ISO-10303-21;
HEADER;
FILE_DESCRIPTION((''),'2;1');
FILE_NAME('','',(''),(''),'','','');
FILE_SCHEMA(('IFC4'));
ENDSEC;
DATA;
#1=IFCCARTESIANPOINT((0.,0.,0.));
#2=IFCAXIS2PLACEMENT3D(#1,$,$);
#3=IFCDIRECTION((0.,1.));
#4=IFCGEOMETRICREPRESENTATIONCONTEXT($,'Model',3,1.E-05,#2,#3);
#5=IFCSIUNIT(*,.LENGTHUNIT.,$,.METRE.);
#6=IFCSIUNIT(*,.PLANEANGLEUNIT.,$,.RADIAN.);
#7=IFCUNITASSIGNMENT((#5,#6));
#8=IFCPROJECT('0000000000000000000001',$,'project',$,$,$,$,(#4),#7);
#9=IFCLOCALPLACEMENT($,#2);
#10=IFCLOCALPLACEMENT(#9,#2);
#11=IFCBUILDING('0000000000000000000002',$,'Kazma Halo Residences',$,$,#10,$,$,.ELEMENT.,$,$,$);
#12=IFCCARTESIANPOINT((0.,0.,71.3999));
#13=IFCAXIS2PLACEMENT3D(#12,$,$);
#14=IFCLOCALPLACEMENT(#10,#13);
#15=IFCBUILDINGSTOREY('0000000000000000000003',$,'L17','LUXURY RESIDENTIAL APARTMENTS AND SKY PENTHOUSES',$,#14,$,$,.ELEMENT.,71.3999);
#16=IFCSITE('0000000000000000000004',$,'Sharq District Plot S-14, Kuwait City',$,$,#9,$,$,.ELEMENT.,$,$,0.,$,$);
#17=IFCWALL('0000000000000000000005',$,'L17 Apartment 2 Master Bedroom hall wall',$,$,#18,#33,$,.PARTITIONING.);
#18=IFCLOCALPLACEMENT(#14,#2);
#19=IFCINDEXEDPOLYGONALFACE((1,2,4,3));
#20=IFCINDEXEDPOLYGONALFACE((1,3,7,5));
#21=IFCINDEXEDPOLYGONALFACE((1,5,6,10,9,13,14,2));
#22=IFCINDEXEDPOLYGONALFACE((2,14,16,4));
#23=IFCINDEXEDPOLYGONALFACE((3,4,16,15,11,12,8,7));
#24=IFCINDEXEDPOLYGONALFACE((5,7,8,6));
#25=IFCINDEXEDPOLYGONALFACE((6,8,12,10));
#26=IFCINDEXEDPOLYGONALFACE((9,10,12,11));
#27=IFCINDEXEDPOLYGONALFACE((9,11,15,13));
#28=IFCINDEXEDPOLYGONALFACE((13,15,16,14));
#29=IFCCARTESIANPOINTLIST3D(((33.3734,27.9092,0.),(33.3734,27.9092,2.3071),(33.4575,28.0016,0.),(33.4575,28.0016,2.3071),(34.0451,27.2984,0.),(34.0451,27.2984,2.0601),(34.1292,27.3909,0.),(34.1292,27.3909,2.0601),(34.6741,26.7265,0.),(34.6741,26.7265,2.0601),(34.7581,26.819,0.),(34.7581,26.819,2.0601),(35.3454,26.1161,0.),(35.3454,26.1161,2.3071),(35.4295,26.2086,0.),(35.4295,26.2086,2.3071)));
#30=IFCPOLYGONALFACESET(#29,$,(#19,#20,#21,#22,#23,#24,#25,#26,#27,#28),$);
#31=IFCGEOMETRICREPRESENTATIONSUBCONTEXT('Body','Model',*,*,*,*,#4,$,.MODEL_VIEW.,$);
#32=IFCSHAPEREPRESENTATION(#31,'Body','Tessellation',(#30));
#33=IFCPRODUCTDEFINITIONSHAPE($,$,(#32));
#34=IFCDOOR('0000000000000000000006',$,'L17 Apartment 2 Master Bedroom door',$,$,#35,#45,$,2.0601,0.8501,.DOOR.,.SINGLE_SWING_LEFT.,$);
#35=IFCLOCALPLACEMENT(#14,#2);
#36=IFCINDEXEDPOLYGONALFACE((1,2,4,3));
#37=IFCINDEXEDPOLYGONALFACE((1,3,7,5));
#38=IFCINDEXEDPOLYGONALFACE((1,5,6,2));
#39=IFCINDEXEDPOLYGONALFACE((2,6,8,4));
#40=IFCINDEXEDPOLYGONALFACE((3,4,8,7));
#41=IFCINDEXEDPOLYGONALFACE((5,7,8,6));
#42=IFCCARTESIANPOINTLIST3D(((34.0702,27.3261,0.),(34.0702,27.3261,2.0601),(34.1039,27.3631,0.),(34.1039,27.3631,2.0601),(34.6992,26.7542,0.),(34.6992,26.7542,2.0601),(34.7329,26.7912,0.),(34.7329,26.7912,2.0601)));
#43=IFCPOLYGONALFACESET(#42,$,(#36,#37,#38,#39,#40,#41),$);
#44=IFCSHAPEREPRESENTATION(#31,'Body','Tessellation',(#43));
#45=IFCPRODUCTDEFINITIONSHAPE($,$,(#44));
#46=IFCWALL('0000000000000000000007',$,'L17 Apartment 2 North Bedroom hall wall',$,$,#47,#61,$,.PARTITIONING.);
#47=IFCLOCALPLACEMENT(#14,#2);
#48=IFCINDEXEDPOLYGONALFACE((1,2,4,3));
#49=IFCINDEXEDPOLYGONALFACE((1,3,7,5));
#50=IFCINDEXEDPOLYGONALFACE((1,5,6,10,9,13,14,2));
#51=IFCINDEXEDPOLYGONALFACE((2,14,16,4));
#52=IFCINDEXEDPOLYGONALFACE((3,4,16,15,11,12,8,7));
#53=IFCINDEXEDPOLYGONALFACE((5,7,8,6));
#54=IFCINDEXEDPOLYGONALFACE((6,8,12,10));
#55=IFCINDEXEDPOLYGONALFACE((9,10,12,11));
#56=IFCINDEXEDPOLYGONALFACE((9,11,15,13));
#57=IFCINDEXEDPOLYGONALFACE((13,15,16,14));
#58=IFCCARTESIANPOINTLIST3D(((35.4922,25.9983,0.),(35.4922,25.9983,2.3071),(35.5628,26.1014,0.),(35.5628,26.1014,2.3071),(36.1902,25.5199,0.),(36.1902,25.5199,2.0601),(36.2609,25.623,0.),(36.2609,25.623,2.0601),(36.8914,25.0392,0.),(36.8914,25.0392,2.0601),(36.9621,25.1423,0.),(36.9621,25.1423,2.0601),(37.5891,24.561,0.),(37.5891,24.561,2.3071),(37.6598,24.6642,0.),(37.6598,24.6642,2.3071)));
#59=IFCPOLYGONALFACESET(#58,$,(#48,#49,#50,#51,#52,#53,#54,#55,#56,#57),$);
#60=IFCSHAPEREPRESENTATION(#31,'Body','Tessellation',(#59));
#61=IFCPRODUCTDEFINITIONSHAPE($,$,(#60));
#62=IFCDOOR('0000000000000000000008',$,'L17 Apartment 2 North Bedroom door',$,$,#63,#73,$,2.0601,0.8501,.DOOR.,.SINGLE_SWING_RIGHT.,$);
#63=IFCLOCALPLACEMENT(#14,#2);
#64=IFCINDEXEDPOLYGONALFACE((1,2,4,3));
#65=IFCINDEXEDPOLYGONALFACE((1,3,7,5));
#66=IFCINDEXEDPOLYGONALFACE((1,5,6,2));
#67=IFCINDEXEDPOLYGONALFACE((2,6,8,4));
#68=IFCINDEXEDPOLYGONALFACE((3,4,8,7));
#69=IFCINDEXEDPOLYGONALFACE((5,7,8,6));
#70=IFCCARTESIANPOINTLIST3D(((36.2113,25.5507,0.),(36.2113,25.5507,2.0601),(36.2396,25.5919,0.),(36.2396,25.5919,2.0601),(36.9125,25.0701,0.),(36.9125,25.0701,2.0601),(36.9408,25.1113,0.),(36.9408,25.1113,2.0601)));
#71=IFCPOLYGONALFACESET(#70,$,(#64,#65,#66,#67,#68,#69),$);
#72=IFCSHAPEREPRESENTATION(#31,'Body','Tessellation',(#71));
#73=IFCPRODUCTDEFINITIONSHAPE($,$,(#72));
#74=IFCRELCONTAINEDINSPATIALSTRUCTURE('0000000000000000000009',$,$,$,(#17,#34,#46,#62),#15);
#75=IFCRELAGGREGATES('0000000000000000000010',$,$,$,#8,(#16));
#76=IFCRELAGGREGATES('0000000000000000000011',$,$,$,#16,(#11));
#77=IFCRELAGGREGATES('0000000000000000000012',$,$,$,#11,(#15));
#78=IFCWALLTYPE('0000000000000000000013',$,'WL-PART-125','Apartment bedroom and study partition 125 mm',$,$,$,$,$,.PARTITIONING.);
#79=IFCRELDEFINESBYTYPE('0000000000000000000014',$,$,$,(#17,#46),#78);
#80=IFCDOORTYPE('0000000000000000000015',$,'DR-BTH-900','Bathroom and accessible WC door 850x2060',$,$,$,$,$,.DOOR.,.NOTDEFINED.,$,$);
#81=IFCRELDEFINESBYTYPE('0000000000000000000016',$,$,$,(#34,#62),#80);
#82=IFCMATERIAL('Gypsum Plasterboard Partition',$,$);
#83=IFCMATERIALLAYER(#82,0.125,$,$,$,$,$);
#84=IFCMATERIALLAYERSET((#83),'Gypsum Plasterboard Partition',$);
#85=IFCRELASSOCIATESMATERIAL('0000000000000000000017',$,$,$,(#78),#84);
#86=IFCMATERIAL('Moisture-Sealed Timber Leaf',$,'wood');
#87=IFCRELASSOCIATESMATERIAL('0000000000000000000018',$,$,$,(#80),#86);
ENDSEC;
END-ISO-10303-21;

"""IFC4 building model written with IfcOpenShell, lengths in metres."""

from ifc_helpers import new_model, si_unit, direction, frame, frame_2d, origin, place, context, subcontext, project, spatial, rectangle, extrude, material, layer, layer_set, type_object, element, fill, save


model = new_model("IFC4")

# Units and contexts
model_context = context("Model", 3, precision=1e-05, world=origin(), true_north=direction((0.0, 1.0)))
body_context = subcontext(model_context, "Body", "Model", "MODEL_VIEW")
ifc_project = project(units=[si_unit("LENGTHUNIT", "METRE"), si_unit("PLANEANGLEUNIT", "RADIAN")], contexts=[model_context])

# Site, building, storey
site_placement = place(None, origin())
site = spatial("IfcSite", under=ifc_project, at=site_placement, Name="Sharq District Plot S-14, Kuwait City", CompositionType="ELEMENT", RefElevation=0.0)
building_placement = place(site_placement, origin())
building = spatial("IfcBuilding", under=site, at=building_placement, Name="Kazma Halo Residences", CompositionType="ELEMENT")
storey_placement = place(building_placement, frame((0.0, 0.0, 71.3999)))
storey = spatial("IfcBuildingStorey", under=building, at=storey_placement, Name="L17", Description="LUXURY RESIDENTIAL APARTMENTS AND SKY PENTHOUSES", CompositionType="ELEMENT", Elevation=71.3999)

# Shared definitions
ifc_material_1 = material(Name="Gypsum Plasterboard Partition")
ifc_layer_1 = layer(ifc_material_1, 0.125)
ifc_layer_set_1 = layer_set([ifc_layer_1], Name="Gypsum Plasterboard Partition")
wall_type_1 = type_object("IfcWallType", Name="WL-PART-125", Description="Apartment bedroom and study partition 125 mm", PredefinedType="PARTITIONING", material=ifc_layer_set_1)

# Walls, openings, doors
wall_1_placement = place(storey_placement, frame((33.4155, 27.9553, 0.0), z_axis=(0.0, 0.0, 1.0), x_axis=(0.739882, -0.672737, 0.0)))
wall_1 = element("IfcWall", 1, at=wall_1_placement, inside=storey, type_object=wall_type_1, Name="L17 Apartment 2 Master Bedroom hall wall", PredefinedType="PARTITIONING", context=body_context, shape_type="SweptSolid", body=[
    extrude(rectangle(XDim=2.6653, YDim=0.125, at=frame_2d((1.3325, 0.0))), origin(), (0.0, 0.0, 1.0), 2.3071),
])
opening_1_placement = place(wall_1_placement, frame((0.9077, 0.0, 0.0)))
opening_1 = element("IfcOpeningElement", 2, at=opening_1_placement, cuts=wall_1, PredefinedType="OPENING", context=body_context, shape_type="SweptSolid", body=[
    extrude(rectangle(XDim=0.8501, YDim=2.0601, at=frame_2d((0.425, 1.03))), frame((0.0, 0.0725, 0.0), z_axis=(0.0, -1.0, 0.0), x_axis=(1.0, 0.0, 0.0)), (0.0, 0.0, 1.0), 0.145),
])
ifc_material_2 = material(Name="Moisture-Sealed Timber Leaf", Category="wood")
door_type_1 = type_object("IfcDoorType", Name="DR-BTH-900", Description="Bathroom and accessible WC door 850x2060", OperationType="NOTDEFINED", PredefinedType="DOOR", material=ifc_material_2)
door_1_placement = place(opening_1_placement, origin())
door_1 = element("IfcDoor", 3, at=door_1_placement, inside=storey, type_object=door_type_1, Name="L17 Apartment 2 Master Bedroom door", OperationType="SINGLE_SWING_LEFT", OverallHeight=2.0601, OverallWidth=0.8501, PredefinedType="DOOR", context=body_context, shape_type="SweptSolid", body=[
    extrude(rectangle(XDim=0.8501, YDim=2.0601, at=frame_2d((0.425, 1.03))), frame((0.0, 0.0249, 0.0), z_axis=(0.0, -1.0, 0.0), x_axis=(1.0, 0.0, 0.0)), (0.0, 0.0, 1.0), 0.05),
])
fill(opening_1, door_1)
wall_2_placement = place(storey_placement, frame((35.5276, 26.0498, 0.0), z_axis=(0.0, 0.0, 1.0), x_axis=(0.824845, -0.565359, 0.0)))
wall_2 = element("IfcWall", 4, at=wall_2_placement, inside=storey, type_object=wall_type_1, Name="L17 Apartment 2 North Bedroom hall wall", PredefinedType="PARTITIONING", context=body_context, shape_type="SweptSolid", body=[
    extrude(rectangle(XDim=2.5422, YDim=0.125, at=frame_2d((1.271, 0.0))), origin(), (0.0, 0.0, 1.0), 2.3071),
])
opening_2_placement = place(wall_2_placement, frame((0.8462, 0.0, 0.0)))
opening_2 = element("IfcOpeningElement", 5, at=opening_2_placement, cuts=wall_2, PredefinedType="OPENING", context=body_context, shape_type="SweptSolid", body=[
    extrude(rectangle(XDim=0.8501, YDim=2.0601, at=frame_2d((0.425, 1.03))), frame((0.0, 0.0725, 0.0), z_axis=(0.0, -1.0, 0.0), x_axis=(1.0, 0.0, 0.0)), (0.0, 0.0, 1.0), 0.145),
])
door_2_placement = place(opening_2_placement, origin())
door_2 = element("IfcDoor", 6, at=door_2_placement, inside=storey, type_object=door_type_1, Name="L17 Apartment 2 North Bedroom door", OperationType="SINGLE_SWING_RIGHT", OverallHeight=2.0601, OverallWidth=0.8501, PredefinedType="DOOR", context=body_context, shape_type="SweptSolid", body=[
    extrude(rectangle(XDim=0.8501, YDim=2.0601, at=frame_2d((0.425, 1.03))), frame((0.0, 0.0249, 0.0), z_axis=(0.0, -1.0, 0.0), x_axis=(1.0, 0.0, 0.0)), (0.0, 0.0, 1.0), 0.05),
])
fill(opening_2, door_2)

save(model, "model.ifc")
